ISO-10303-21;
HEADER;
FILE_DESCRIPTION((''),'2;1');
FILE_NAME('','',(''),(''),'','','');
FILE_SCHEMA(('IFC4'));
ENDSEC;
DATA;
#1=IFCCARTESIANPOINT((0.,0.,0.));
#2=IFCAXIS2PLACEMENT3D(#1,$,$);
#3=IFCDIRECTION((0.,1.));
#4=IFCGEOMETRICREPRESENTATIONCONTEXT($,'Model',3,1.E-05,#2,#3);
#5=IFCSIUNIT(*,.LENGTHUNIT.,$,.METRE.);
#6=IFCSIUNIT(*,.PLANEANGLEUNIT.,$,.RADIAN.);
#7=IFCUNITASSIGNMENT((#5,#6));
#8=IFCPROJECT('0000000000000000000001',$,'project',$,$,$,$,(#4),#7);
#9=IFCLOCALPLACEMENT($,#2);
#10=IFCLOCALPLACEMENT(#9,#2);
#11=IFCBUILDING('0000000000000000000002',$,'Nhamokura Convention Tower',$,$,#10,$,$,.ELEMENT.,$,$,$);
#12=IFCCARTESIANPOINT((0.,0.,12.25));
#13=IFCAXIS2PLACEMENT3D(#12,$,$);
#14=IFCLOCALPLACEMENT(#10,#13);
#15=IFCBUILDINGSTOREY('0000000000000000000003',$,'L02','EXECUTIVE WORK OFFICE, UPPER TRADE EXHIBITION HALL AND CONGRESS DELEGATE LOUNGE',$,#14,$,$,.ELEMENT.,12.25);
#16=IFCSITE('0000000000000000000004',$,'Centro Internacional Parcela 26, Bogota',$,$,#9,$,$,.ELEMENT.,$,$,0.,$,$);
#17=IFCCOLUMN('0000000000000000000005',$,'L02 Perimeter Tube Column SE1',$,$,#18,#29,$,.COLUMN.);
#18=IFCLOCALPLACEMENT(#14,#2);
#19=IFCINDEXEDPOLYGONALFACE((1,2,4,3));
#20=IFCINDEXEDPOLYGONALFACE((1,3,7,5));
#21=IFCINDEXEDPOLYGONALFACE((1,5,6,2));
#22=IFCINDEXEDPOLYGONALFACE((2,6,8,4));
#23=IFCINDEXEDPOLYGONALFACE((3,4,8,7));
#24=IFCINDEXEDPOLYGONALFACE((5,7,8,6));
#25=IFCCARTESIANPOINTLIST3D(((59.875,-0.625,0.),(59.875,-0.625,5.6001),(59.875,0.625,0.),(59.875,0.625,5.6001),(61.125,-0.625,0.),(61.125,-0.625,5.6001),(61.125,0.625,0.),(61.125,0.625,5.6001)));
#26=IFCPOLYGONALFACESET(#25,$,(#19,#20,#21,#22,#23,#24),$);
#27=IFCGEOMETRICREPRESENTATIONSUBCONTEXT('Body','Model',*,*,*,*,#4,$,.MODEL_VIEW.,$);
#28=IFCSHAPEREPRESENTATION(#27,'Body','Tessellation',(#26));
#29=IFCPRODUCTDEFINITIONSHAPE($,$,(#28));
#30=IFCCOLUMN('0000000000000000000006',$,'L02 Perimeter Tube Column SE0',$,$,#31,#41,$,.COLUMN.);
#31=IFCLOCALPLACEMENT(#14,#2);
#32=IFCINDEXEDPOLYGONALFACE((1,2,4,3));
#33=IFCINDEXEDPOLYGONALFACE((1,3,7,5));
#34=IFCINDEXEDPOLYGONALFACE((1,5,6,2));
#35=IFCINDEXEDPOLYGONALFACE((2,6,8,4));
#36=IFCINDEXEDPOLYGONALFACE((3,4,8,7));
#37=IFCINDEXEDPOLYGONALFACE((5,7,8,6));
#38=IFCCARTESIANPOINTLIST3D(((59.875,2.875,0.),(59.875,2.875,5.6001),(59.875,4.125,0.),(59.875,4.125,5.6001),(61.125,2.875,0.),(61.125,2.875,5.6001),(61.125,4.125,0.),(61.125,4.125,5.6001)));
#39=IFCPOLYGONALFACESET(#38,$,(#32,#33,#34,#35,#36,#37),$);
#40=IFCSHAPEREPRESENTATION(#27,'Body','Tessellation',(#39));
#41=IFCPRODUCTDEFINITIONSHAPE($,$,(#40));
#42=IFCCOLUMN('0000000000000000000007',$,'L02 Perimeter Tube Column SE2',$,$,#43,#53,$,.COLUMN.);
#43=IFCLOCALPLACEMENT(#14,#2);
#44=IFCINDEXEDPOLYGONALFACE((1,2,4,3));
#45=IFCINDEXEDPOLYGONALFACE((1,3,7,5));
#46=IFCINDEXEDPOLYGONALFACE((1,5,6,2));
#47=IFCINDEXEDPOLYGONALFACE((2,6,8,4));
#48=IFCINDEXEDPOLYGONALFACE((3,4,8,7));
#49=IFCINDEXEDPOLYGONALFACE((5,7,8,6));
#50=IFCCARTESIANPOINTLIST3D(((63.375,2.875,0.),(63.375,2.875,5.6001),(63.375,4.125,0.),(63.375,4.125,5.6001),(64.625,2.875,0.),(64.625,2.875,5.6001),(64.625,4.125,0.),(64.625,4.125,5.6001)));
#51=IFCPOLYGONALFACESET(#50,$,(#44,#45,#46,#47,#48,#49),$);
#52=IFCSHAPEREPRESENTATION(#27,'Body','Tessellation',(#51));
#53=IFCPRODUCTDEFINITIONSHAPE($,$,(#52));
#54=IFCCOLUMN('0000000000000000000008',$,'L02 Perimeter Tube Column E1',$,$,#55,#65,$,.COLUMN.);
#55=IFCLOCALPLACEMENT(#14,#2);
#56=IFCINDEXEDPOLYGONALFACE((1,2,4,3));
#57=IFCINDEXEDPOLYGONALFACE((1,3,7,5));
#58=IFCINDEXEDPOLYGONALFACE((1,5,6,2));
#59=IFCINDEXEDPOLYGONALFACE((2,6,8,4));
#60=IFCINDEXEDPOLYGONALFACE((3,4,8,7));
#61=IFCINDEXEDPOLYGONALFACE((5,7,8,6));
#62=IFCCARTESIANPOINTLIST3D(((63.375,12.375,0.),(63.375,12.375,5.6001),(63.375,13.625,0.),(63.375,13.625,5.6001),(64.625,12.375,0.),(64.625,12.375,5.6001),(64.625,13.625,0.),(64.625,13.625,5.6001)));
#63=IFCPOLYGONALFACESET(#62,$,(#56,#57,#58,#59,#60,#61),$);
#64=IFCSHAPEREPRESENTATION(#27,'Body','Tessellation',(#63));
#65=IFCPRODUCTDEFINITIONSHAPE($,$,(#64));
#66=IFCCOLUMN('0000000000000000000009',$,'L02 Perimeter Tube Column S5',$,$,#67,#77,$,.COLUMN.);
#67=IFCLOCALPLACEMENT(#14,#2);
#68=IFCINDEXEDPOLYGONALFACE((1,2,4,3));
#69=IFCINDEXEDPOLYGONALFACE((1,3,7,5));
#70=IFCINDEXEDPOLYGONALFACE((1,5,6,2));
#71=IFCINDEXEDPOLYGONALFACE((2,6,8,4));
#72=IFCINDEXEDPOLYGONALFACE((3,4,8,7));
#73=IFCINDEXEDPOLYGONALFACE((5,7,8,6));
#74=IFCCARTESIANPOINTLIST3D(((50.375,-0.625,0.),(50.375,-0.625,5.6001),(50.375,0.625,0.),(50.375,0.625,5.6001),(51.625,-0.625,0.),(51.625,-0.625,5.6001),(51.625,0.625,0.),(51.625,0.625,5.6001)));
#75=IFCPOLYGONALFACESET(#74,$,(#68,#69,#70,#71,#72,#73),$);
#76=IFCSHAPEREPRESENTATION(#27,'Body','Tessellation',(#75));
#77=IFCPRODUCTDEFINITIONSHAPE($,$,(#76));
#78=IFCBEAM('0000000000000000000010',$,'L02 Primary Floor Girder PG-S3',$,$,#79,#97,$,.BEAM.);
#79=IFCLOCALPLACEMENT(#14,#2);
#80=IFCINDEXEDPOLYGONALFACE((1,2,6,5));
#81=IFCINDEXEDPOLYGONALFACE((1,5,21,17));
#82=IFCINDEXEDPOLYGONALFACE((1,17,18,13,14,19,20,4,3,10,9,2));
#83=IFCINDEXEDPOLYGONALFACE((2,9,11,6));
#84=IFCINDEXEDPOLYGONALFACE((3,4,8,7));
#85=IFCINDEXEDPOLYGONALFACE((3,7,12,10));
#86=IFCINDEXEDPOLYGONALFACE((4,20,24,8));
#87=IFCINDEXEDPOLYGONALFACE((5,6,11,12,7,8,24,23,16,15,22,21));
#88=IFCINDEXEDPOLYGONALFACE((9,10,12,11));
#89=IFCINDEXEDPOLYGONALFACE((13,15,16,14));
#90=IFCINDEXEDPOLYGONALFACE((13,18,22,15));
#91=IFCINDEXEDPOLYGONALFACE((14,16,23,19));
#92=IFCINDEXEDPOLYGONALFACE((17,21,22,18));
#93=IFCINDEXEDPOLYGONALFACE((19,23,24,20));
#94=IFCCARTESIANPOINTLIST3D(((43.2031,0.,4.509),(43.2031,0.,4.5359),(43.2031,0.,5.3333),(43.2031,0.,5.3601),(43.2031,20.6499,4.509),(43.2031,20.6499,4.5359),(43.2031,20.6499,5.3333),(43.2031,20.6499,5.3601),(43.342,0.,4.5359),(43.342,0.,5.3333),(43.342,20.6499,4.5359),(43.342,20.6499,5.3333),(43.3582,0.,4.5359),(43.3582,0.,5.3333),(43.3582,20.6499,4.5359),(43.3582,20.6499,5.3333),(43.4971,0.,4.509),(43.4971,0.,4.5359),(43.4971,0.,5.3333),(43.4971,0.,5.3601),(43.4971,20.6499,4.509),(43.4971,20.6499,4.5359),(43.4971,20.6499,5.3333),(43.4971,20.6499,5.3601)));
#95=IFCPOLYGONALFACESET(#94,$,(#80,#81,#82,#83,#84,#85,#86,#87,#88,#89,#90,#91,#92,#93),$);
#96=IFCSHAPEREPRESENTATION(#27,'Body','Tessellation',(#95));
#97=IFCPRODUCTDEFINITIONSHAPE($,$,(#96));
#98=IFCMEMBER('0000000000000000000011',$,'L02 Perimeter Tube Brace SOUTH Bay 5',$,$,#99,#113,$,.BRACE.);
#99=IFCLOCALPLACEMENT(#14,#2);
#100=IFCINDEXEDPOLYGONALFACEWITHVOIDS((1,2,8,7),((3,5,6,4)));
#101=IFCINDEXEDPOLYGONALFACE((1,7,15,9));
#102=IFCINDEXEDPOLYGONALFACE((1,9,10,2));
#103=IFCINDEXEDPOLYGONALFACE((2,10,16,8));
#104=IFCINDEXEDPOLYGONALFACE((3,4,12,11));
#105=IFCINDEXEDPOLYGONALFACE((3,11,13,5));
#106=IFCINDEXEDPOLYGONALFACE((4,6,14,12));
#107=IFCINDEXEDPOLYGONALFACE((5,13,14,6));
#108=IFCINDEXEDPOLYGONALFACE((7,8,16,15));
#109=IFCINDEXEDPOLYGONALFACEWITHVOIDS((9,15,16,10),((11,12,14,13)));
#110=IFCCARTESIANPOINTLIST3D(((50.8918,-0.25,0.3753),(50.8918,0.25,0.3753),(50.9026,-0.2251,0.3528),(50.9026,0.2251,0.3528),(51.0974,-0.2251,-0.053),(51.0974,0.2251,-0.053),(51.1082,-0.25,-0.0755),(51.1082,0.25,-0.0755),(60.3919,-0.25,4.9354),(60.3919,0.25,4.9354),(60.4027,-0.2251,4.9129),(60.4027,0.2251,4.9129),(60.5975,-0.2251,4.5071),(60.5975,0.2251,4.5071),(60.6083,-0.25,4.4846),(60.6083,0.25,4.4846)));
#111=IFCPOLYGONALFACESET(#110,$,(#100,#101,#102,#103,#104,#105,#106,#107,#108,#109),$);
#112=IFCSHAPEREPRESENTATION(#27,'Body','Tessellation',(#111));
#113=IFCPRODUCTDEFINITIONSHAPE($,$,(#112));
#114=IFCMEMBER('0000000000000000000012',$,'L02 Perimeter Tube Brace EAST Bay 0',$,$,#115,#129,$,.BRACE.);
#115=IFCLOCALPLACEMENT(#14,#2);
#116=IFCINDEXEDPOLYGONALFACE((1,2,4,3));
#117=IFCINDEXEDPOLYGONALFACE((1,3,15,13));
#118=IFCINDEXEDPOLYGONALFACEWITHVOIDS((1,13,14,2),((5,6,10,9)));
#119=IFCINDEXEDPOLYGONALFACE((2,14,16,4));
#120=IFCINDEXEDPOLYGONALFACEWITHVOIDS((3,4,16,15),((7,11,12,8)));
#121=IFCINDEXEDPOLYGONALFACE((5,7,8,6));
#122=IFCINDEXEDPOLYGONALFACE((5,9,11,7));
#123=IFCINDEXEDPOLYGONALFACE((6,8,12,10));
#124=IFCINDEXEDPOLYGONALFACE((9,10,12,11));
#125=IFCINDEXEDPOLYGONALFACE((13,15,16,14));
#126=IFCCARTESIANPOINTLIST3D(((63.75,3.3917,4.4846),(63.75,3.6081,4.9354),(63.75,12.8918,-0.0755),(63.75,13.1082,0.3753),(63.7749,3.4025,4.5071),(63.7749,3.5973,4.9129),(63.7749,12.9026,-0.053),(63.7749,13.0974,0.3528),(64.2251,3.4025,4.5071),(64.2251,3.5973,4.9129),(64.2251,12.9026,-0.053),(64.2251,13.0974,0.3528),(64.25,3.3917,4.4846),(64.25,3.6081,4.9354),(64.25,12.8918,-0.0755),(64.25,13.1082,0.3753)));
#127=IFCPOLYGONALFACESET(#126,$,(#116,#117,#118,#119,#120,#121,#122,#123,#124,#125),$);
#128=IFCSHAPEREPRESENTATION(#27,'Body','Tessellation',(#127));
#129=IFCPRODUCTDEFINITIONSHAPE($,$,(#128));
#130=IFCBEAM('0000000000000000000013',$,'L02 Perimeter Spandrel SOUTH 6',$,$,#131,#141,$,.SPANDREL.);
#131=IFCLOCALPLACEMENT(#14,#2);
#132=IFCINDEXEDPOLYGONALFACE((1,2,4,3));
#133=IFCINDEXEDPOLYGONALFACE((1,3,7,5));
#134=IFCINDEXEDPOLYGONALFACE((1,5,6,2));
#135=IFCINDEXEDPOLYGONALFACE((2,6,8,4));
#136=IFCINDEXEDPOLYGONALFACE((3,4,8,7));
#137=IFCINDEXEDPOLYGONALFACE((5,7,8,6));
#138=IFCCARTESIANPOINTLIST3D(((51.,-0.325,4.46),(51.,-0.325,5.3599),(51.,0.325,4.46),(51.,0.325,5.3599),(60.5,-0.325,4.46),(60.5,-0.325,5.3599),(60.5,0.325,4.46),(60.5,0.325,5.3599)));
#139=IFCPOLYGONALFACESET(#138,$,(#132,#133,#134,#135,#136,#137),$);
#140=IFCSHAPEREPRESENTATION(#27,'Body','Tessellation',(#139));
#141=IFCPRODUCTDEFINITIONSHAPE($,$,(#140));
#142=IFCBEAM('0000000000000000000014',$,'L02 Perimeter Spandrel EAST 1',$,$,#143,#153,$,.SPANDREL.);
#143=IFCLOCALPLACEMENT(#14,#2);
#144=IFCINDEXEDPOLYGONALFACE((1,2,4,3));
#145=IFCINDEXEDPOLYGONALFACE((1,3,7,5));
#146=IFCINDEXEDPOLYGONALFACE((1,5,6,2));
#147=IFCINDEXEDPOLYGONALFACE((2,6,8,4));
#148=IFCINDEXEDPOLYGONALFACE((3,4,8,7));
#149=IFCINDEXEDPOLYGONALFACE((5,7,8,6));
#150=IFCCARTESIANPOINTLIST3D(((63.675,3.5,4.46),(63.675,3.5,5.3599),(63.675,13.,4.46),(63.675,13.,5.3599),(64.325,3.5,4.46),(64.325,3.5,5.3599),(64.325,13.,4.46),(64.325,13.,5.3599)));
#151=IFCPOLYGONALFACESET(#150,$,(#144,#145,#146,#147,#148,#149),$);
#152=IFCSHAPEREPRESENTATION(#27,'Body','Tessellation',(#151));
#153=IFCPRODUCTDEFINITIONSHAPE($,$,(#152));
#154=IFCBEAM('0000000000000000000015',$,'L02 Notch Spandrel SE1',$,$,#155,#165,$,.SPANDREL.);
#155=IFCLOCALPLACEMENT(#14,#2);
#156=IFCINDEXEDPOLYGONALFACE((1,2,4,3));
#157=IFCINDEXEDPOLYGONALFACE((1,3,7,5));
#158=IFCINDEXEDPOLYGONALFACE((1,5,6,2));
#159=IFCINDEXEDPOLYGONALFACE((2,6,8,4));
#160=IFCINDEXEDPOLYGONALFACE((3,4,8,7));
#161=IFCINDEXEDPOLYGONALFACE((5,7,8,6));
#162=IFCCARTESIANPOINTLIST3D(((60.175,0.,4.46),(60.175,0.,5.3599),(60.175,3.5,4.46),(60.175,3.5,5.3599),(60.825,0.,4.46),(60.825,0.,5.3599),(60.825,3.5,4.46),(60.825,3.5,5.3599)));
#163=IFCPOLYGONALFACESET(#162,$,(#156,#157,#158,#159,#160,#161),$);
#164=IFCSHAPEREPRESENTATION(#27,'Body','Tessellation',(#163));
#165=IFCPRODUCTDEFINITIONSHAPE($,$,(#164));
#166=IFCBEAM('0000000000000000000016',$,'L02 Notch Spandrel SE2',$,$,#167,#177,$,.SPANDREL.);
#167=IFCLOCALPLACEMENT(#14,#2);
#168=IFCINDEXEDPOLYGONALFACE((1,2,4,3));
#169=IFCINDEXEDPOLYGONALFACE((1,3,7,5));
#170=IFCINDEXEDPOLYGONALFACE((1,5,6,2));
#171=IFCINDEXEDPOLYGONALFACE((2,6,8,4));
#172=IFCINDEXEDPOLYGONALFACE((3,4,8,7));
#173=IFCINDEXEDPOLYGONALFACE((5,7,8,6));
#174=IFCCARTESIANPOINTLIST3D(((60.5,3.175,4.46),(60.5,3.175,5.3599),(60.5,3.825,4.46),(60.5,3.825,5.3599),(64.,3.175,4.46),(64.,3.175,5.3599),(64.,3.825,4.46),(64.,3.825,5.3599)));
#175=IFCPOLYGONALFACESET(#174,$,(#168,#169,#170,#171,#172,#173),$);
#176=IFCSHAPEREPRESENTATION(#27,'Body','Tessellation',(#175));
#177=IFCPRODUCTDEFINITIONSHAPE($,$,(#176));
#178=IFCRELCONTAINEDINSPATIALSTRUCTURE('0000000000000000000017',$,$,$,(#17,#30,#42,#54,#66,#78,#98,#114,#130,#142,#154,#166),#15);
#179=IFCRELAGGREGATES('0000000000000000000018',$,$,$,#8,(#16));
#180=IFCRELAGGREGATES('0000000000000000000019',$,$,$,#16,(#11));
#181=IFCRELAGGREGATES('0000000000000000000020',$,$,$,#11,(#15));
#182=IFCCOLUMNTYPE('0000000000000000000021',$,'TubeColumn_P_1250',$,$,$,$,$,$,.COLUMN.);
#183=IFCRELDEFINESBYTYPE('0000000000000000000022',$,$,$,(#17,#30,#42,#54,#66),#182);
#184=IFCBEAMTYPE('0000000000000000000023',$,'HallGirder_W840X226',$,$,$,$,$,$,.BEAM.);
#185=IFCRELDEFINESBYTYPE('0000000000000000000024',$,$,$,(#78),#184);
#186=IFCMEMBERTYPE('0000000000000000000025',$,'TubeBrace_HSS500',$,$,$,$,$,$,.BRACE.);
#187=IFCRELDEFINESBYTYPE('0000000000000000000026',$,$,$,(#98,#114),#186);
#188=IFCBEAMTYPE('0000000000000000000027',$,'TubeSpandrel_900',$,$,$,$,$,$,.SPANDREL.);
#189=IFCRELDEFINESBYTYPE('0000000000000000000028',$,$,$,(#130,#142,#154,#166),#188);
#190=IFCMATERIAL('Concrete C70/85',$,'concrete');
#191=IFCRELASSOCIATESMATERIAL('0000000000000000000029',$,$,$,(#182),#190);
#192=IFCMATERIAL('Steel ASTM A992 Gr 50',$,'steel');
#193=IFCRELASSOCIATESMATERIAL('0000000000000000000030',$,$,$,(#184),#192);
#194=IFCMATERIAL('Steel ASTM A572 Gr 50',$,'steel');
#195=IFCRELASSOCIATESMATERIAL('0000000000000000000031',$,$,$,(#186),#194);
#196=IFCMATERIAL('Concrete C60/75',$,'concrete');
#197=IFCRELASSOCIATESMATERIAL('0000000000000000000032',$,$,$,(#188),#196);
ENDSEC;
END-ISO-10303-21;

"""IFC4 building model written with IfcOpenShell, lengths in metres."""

from ifc_helpers import new_model, si_unit, direction, frame, origin, origin_2d, place, context, subcontext, project, spatial, rectangle, hollow_rectangle, i_section, extrude, material, material_profile, profile_set, type_object, element, save


model = new_model("IFC4")

# Units and contexts
model_context = context("Model", 3, precision=1e-05, world=origin(), true_north=direction((0.0, 1.0)))
body_context = subcontext(model_context, "Body", "Model", "MODEL_VIEW")
ifc_project = project(units=[si_unit("LENGTHUNIT", "METRE"), si_unit("PLANEANGLEUNIT", "RADIAN")], contexts=[model_context])

# Site, building, storey
site_placement = place(None, origin())
site = spatial("IfcSite", under=ifc_project, at=site_placement, Name="Centro Internacional Parcela 26, Bogota", CompositionType="ELEMENT", RefElevation=0.0)
building_placement = place(site_placement, origin())
building = spatial("IfcBuilding", under=site, at=building_placement, Name="Nhamokura Convention Tower", CompositionType="ELEMENT")
storey_placement = place(building_placement, frame((0.0, 0.0, 12.25)))
storey = spatial("IfcBuildingStorey", under=building, at=storey_placement, Name="L02", Description="EXECUTIVE WORK OFFICE, UPPER TRADE EXHIBITION HALL AND CONGRESS DELEGATE LOUNGE", CompositionType="ELEMENT", Elevation=12.25)

# Columns
ifc_material_1 = material(Name="Concrete C70/85", Category="concrete")
ifc_material_profile_1 = material_profile(ifc_material_1, rectangle(XDim=1.25, YDim=1.25, at=origin_2d()))
ifc_profile_set_1 = profile_set([ifc_material_profile_1], Name="Concrete C70/85")
column_type = type_object("IfcColumnType", Name="TubeColumn_P_1250", PredefinedType="COLUMN", material=ifc_profile_set_1)
for number, where, z_axis, x_axis, name in (
    (1, (60.5, 0.0, 0.0), (0.0, 0.0, 1.0), (1.0, 0.0, 0.0), "L02 Perimeter Tube Column SE1"),
    (2, (60.5, 3.5, 0.0), (0.0, 0.0, 1.0), (1.0, 0.0, 0.0), "L02 Perimeter Tube Column SE0"),
    (3, (64.0, 3.5, 0.0), (0.0, 0.0, 1.0), (1.0, 0.0, 0.0), "L02 Perimeter Tube Column SE2"),
    (4, (64.0, 13.0, 0.0), (0.0, 0.0, 1.0), (1.0, 0.0, 0.0), "L02 Perimeter Tube Column E1"),
    (5, (51.0, 0.0, 0.0), (0.0, 0.0, 1.0), (1.0, 0.0, 0.0), "L02 Perimeter Tube Column S5"),
):
    element("IfcColumn", number, at=place(storey_placement, frame(where, z_axis=z_axis, x_axis=x_axis)), inside=storey, type_object=column_type, Name=name, PredefinedType="COLUMN", context=body_context, shape_type="SweptSolid", body=[
        extrude(rectangle(XDim=1.25, YDim=1.25, at=origin_2d()), origin(), (0.0, 0.0, 1.0), 5.6001),
    ])

# Beam
ifc_material_2 = material(Name="Steel ASTM A992 Gr 50", Category="steel")
ifc_material_profile_2 = material_profile(ifc_material_2, i_section(OverallWidth=0.2939, OverallDepth=0.8511, WebThickness=0.0161, FlangeThickness=0.0269, at=origin_2d()))
ifc_profile_set_2 = profile_set([ifc_material_profile_2], Name="Steel ASTM A992 Gr 50")
beam_type_1 = type_object("IfcBeamType", Name="HallGirder_W840X226", PredefinedType="BEAM", material=ifc_profile_set_2)
beam_placement = place(storey_placement, frame((43.3501, 0.0, 4.9346), z_axis=(0.0, 1.0, 0.0), x_axis=(-1.0, 0.0, 0.0)))
element("IfcBeam", 6, at=beam_placement, inside=storey, type_object=beam_type_1, Name="L02 Primary Floor Girder PG-S3", PredefinedType="BEAM", context=body_context, shape_type="SweptSolid", body=[
    extrude(i_section(OverallWidth=0.2939, OverallDepth=0.8511, WebThickness=0.0161, FlangeThickness=0.0269, at=origin_2d()), origin(), (0.0, 0.0, 1.0), 20.6499),
])

# Members
ifc_material_3 = material(Name="Steel ASTM A572 Gr 50", Category="steel")
ifc_material_profile_3 = material_profile(ifc_material_3, hollow_rectangle(XDim=0.5, YDim=0.5, WallThickness=0.0249, at=origin_2d()))
ifc_profile_set_3 = profile_set([ifc_material_profile_3], Name="Steel ASTM A572 Gr 50")
member_type = type_object("IfcMemberType", Name="TubeBrace_HSS500", PredefinedType="BRACE", material=ifc_profile_set_3)
for number, where, z_axis, x_axis, name in (
    (7, (51.0, 0.0, 0.1499), (0.901521, 0.0, 0.432736), (0.0, 1.0, 0.0), "L02 Perimeter Tube Brace SOUTH Bay 5"),
    (8, (64.0, 13.0, 0.1499), (0.0, -0.901521, 0.432736), (1.0, 0.0, 0.0), "L02 Perimeter Tube Brace EAST Bay 0"),
):
    element("IfcMember", number, at=place(storey_placement, frame(where, z_axis=z_axis, x_axis=x_axis)), inside=storey, type_object=member_type, Name=name, PredefinedType="BRACE", context=body_context, shape_type="SweptSolid", body=[
        extrude(hollow_rectangle(XDim=0.5, YDim=0.5, WallThickness=0.0249, at=origin_2d()), origin(), (0.0, 0.0, 1.0), 10.5378),
    ])

# Beams
ifc_material_4 = material(Name="Concrete C60/75", Category="concrete")
ifc_material_profile_4 = material_profile(ifc_material_4, rectangle(XDim=0.6499, YDim=0.8999, at=origin_2d()))
ifc_profile_set_4 = profile_set([ifc_material_profile_4], Name="Concrete C60/75")
beam_type_2 = type_object("IfcBeamType", Name="TubeSpandrel_900", PredefinedType="SPANDREL", material=ifc_profile_set_4)
for number, where, z_axis, x_axis, name in (
    (9, (51.0, 0.0, 4.9099), (1.0, 0.0, 0.0), (0.0, 1.0, 0.0), "L02 Perimeter Spandrel SOUTH 6"),
    (10, (64.0, 3.5, 4.9099), (0.0, 1.0, 0.0), (-1.0, 0.0, 0.0), "L02 Perimeter Spandrel EAST 1"),
):
    element("IfcBeam", number, at=place(storey_placement, frame(where, z_axis=z_axis, x_axis=x_axis)), inside=storey, type_object=beam_type_2, Name=name, PredefinedType="SPANDREL", context=body_context, shape_type="SweptSolid", body=[
        extrude(rectangle(XDim=0.6499, YDim=0.8999, at=origin_2d()), origin(), (0.0, 0.0, 1.0), 9.5),
    ])
for number, where, z_axis, x_axis, name in (
    (11, (60.5, 0.0, 4.9099), (0.0, 1.0, 0.0), (-1.0, 0.0, 0.0), "L02 Notch Spandrel SE1"),
    (12, (60.5, 3.5, 4.9099), (1.0, 0.0, 0.0), (0.0, 1.0, 0.0), "L02 Notch Spandrel SE2"),
):
    element("IfcBeam", number, at=place(storey_placement, frame(where, z_axis=z_axis, x_axis=x_axis)), inside=storey, type_object=beam_type_2, Name=name, PredefinedType="SPANDREL", context=body_context, shape_type="SweptSolid", body=[
        extrude(rectangle(XDim=0.6499, YDim=0.8999, at=origin_2d()), origin(), (0.0, 0.0, 1.0), 3.5),
    ])

save(model, "model.ifc")
